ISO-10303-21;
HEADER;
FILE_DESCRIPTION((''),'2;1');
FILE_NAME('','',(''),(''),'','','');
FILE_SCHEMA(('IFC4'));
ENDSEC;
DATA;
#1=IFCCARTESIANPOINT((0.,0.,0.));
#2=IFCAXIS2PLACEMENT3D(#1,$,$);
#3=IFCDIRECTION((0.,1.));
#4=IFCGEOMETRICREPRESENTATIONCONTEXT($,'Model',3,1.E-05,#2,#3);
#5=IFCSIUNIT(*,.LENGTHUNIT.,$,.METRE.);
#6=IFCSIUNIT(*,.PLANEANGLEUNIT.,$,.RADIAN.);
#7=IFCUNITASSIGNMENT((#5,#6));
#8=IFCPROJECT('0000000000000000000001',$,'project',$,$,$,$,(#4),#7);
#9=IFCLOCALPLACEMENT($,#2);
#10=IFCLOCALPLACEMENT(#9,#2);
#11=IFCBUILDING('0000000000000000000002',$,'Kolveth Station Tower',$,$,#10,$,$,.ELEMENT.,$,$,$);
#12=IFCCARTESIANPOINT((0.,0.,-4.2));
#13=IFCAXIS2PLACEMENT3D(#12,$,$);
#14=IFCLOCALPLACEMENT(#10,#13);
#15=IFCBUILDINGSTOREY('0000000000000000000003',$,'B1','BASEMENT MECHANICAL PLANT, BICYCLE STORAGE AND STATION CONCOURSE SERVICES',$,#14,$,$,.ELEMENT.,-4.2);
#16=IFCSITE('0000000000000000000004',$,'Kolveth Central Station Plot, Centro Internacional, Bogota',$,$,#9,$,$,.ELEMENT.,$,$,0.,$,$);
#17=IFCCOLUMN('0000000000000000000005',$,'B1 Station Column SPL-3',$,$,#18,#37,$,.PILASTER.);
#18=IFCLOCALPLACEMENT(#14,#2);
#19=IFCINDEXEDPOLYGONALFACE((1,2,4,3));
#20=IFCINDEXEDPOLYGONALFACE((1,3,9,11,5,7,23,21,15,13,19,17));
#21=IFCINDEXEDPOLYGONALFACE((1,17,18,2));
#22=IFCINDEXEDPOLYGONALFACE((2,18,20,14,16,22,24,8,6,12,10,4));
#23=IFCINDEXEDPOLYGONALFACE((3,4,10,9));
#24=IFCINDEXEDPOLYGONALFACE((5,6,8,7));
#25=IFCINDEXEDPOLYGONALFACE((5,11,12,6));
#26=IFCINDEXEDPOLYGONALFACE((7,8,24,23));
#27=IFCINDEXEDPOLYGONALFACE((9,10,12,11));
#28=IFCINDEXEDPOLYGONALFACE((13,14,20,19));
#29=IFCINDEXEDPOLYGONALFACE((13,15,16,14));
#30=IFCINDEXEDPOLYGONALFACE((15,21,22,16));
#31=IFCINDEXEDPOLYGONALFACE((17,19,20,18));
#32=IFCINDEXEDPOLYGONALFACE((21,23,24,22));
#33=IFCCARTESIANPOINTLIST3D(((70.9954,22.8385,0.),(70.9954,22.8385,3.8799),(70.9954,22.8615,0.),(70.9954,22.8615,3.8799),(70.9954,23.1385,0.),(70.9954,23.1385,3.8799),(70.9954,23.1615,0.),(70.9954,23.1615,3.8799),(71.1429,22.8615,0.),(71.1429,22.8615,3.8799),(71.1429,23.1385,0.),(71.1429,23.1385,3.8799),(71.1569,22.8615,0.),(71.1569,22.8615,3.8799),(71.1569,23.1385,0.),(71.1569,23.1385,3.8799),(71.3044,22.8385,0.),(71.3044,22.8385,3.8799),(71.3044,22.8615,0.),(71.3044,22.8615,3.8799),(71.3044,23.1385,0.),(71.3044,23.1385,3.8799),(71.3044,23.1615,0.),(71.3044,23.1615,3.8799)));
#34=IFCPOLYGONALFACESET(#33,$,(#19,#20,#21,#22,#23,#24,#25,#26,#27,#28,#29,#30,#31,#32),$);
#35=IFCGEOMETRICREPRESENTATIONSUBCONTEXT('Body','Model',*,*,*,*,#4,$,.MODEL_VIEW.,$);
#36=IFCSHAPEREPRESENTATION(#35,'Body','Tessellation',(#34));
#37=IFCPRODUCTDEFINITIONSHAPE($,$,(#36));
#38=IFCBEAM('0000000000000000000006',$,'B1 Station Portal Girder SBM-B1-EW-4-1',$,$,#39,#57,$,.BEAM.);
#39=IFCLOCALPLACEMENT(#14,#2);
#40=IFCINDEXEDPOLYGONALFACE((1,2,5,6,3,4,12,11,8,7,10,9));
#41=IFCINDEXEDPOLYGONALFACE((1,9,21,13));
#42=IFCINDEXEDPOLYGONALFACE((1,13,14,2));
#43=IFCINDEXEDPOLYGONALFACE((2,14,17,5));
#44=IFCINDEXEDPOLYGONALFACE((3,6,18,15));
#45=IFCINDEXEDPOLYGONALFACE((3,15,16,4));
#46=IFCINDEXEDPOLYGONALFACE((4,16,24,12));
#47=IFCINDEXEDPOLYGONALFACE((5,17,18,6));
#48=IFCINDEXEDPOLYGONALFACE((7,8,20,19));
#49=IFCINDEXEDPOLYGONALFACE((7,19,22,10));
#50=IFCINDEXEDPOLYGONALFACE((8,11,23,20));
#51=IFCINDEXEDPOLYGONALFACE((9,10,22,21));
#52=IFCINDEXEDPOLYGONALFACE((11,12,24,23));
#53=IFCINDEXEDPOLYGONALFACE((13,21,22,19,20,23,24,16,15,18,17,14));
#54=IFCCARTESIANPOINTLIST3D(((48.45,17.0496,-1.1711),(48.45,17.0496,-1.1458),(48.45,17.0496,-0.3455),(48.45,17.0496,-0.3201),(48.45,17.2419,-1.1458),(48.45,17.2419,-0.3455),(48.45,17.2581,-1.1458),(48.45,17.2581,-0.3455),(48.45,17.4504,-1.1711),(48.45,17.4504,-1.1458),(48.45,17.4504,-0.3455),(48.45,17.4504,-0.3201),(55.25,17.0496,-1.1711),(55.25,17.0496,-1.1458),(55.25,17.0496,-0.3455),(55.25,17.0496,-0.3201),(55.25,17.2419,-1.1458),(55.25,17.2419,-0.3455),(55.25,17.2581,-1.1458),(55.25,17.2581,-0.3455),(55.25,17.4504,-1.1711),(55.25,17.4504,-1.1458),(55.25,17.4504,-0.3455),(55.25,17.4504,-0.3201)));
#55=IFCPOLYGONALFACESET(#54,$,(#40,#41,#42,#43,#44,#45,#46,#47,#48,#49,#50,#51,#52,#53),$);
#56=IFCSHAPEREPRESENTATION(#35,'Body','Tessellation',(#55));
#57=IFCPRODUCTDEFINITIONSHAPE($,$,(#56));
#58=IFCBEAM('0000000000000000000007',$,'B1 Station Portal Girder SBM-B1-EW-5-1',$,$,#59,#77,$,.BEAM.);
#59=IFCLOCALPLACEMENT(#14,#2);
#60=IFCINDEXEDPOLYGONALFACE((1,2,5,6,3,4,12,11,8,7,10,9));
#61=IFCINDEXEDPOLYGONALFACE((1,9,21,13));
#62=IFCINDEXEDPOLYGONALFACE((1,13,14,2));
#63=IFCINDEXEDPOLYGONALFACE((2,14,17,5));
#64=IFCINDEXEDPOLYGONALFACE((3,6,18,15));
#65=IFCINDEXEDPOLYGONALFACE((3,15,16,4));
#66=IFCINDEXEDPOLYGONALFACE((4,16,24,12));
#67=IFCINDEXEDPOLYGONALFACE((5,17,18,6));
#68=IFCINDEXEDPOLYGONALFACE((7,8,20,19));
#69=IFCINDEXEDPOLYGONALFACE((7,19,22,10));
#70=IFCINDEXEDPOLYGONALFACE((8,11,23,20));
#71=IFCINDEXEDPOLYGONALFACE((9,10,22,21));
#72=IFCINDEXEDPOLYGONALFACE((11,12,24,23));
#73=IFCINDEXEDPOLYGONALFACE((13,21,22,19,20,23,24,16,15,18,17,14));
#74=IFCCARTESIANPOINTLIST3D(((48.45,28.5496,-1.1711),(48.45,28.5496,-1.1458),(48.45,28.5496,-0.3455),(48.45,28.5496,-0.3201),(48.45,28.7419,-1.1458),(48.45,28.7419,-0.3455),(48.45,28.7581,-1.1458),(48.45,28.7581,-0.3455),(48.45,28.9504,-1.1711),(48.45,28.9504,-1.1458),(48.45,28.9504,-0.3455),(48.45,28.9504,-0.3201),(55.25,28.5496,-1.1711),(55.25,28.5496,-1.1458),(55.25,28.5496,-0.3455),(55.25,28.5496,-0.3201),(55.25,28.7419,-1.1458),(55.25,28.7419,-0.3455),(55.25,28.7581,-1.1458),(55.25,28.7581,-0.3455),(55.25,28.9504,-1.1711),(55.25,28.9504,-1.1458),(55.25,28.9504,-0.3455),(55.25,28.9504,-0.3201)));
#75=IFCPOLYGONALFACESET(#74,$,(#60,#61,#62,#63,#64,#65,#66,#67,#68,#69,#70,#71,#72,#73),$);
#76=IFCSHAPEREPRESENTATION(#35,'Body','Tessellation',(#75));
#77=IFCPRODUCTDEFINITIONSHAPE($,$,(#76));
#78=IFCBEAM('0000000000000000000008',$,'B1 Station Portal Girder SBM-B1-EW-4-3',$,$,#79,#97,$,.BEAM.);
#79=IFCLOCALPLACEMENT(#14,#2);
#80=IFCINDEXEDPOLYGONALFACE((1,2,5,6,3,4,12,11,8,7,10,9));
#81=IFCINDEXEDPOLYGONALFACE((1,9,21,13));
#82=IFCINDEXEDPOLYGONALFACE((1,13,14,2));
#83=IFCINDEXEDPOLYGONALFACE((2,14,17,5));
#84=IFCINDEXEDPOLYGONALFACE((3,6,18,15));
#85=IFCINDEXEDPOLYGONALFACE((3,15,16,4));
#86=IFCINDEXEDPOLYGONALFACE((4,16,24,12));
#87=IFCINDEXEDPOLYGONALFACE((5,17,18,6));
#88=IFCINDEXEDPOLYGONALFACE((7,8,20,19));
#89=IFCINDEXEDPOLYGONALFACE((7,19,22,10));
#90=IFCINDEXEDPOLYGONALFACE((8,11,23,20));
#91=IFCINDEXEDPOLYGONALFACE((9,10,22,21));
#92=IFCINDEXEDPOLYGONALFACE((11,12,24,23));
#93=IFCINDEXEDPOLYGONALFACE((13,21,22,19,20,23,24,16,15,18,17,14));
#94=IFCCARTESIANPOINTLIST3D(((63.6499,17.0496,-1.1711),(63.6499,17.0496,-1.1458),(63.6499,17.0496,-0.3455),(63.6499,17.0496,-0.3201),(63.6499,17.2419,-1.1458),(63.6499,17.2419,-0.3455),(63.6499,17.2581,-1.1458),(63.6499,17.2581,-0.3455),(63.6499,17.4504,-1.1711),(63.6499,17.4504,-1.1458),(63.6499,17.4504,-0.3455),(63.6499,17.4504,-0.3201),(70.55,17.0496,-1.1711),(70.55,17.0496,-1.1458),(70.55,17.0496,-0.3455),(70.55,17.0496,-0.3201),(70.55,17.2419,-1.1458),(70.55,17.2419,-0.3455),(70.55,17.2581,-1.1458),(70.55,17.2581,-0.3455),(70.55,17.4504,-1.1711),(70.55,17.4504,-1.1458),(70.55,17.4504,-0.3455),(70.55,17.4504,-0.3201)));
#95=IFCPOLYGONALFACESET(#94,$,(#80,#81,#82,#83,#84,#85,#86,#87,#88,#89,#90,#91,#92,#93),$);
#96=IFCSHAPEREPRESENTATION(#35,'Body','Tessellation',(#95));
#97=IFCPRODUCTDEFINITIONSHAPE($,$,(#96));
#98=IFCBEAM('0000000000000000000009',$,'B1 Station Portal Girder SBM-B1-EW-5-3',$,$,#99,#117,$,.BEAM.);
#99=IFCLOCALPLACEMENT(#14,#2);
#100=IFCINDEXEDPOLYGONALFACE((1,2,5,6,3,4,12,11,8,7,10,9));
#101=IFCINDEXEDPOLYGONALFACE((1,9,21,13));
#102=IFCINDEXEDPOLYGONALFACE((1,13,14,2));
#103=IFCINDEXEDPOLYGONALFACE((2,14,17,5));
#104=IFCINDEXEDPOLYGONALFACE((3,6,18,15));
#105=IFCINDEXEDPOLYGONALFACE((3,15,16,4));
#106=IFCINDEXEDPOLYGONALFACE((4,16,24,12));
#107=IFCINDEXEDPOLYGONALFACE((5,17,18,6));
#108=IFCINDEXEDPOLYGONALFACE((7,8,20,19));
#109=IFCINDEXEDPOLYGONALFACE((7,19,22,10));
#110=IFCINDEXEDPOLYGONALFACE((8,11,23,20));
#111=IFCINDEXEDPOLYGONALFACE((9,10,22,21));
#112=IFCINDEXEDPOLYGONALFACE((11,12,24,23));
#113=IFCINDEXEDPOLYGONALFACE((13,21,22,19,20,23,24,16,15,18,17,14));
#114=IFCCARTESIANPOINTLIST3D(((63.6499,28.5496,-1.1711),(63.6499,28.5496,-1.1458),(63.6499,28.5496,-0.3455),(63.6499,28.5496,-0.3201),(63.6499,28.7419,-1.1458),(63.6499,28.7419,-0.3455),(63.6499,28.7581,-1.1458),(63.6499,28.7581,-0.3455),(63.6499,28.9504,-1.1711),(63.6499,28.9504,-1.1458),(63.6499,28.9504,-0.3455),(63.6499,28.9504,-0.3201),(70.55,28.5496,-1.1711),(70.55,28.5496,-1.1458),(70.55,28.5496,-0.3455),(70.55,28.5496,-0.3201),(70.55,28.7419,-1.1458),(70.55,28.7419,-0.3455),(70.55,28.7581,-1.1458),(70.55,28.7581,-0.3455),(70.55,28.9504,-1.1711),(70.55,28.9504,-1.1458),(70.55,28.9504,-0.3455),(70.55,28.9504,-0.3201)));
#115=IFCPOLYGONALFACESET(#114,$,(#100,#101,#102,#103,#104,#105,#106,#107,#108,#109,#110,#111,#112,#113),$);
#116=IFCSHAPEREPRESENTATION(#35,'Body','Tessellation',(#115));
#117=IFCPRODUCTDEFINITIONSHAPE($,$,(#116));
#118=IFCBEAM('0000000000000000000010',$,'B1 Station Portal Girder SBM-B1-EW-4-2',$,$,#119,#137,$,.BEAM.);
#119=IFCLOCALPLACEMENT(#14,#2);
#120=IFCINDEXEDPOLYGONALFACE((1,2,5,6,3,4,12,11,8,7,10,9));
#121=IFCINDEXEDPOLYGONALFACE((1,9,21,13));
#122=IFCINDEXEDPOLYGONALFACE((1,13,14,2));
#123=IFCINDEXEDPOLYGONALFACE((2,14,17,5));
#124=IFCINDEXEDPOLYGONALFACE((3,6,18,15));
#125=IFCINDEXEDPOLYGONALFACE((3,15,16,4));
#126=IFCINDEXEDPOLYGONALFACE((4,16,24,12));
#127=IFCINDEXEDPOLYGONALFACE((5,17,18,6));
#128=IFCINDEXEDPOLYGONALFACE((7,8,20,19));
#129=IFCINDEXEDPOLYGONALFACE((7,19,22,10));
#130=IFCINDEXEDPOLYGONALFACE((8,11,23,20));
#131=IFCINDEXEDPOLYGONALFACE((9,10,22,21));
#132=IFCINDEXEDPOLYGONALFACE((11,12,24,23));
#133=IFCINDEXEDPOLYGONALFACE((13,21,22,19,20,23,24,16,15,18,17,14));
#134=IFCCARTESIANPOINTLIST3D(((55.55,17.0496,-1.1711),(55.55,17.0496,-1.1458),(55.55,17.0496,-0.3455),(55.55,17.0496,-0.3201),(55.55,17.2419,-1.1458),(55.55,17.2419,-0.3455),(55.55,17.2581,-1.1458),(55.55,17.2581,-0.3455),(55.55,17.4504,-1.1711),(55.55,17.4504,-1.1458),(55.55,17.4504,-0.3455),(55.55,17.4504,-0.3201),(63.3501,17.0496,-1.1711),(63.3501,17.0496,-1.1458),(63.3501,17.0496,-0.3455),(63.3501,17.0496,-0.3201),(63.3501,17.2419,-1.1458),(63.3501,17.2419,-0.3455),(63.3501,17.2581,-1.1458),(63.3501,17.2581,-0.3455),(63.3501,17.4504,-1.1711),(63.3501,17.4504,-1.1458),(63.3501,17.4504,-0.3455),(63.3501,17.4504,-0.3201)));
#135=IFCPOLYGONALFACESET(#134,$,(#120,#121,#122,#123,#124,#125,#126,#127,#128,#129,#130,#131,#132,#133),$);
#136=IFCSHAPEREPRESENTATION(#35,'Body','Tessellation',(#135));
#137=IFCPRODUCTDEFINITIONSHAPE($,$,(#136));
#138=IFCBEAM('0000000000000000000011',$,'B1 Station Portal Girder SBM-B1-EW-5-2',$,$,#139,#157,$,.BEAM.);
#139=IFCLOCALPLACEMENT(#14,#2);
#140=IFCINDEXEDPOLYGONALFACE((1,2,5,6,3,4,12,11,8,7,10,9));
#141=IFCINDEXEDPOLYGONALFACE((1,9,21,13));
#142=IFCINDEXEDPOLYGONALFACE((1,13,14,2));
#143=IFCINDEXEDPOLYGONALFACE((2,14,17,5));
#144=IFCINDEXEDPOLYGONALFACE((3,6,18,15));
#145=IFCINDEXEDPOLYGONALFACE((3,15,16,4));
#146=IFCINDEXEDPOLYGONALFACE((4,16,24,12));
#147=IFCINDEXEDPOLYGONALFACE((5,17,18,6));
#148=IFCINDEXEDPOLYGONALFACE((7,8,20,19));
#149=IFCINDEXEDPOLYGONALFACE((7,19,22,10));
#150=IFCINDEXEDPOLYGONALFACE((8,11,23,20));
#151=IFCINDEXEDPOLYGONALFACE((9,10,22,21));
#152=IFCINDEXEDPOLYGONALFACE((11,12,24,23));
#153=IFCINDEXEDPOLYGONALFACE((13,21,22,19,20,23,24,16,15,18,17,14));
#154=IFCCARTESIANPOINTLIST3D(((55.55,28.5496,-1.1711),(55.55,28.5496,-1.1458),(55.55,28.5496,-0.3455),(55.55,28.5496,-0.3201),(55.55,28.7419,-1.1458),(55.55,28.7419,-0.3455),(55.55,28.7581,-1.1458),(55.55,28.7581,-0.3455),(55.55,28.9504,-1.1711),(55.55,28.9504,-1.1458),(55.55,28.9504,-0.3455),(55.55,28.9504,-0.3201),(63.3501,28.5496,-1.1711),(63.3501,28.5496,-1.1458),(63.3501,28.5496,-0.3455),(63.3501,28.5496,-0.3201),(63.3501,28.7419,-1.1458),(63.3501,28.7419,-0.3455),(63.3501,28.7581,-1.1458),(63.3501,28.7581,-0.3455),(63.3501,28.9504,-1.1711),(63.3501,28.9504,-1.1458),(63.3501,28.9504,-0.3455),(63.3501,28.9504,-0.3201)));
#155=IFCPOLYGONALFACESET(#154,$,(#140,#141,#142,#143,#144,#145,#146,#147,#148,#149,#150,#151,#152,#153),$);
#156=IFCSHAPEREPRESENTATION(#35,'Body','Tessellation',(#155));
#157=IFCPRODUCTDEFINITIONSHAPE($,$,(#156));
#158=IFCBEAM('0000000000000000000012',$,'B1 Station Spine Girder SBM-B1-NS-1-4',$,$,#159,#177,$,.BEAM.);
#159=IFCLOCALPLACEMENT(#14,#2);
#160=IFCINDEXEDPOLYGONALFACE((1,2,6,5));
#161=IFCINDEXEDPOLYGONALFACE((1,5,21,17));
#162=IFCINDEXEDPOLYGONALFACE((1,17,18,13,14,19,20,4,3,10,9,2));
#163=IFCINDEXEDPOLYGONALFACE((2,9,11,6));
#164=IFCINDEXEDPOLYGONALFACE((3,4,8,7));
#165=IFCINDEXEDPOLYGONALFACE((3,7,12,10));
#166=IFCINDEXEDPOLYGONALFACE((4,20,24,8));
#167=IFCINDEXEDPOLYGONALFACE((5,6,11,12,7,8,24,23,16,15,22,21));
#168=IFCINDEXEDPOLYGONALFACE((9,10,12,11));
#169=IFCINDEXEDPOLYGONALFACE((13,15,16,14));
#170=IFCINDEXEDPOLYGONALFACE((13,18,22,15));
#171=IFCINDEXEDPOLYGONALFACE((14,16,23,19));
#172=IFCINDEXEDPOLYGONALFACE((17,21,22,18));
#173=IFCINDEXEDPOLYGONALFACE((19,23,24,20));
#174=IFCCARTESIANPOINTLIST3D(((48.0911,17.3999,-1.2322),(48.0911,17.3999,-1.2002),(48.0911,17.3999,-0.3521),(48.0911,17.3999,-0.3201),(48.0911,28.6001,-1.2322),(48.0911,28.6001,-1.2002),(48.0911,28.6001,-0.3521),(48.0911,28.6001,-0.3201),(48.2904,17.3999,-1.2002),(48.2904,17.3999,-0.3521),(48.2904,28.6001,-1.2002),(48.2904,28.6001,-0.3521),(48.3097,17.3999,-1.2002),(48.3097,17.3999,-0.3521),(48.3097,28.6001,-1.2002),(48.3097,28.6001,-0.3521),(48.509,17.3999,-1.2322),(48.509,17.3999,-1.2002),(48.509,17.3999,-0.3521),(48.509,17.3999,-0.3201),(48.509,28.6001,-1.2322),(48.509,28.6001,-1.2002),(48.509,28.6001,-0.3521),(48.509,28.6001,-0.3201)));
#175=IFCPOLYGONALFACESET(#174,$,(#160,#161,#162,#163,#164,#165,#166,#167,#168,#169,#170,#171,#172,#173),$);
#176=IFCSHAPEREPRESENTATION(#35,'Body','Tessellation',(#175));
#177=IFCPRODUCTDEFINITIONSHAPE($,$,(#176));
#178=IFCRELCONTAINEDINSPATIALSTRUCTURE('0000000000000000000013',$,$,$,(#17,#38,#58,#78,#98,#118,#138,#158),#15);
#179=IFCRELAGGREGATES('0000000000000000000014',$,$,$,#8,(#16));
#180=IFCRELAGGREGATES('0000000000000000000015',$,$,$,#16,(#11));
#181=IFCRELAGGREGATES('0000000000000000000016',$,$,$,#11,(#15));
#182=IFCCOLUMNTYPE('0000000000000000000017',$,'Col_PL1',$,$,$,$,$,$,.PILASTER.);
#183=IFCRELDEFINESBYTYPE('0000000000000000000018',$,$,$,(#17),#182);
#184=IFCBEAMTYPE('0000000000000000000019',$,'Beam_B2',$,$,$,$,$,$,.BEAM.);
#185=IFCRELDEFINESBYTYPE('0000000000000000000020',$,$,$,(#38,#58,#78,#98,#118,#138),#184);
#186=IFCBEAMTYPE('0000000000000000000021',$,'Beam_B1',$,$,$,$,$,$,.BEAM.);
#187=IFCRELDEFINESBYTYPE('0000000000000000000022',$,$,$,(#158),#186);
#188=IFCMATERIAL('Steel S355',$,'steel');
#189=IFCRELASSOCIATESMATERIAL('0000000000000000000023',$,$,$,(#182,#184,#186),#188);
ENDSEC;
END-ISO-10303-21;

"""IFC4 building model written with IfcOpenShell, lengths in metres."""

from ifc_helpers import new_model, si_unit, direction, frame, origin, origin_2d, place, context, subcontext, project, spatial, i_section, extrude, source, transform, mapped, material, material_profile, profile_set, type_object, element, save


model = new_model("IFC4")

# Units and contexts
model_context = context("Model", 3, precision=1e-05, world=origin(), true_north=direction((0.0, 1.0)))
body_context = subcontext(model_context, "Body", "Model", "MODEL_VIEW")
ifc_project = project(units=[si_unit("LENGTHUNIT", "METRE"), si_unit("PLANEANGLEUNIT", "RADIAN")], contexts=[model_context])

# Site, building, storey
site_placement = place(None, origin())
site = spatial("IfcSite", under=ifc_project, at=site_placement, Name="Kolveth Central Station Plot, Centro Internacional, Bogota", CompositionType="ELEMENT", RefElevation=0.0)
building_placement = place(site_placement, origin())
building = spatial("IfcBuilding", under=site, at=building_placement, Name="Kolveth Station Tower", CompositionType="ELEMENT")
storey_placement = place(building_placement, frame((0.0, 0.0, -4.2)))
storey = spatial("IfcBuildingStorey", under=building, at=storey_placement, Name="B1", Description="BASEMENT MECHANICAL PLANT, BICYCLE STORAGE AND STATION CONCOURSE SERVICES", CompositionType="ELEMENT", Elevation=-4.2)

# Column
ifc_material_1 = material(Name="Steel S355", Category="steel")
ifc_material_profile_1 = material_profile(ifc_material_1, i_section(OverallWidth=0.3091, OverallDepth=0.323, WebThickness=0.0139, FlangeThickness=0.0229, at=origin_2d()), Name="W310x143")
ifc_profile_set_1 = profile_set([ifc_material_profile_1], Name="Steel S355")
column_type_1 = type_object("IfcColumnType", Name="Col_PL1", PredefinedType="PILASTER", material=ifc_profile_set_1)
shared_shape_1 = source(origin(), body_context, "Body", "SweptSolid", [
    extrude(i_section(OverallWidth=0.3091, OverallDepth=0.323, WebThickness=0.0139, FlangeThickness=0.0229, at=origin_2d()), origin(), (0.0, 0.0, 1.0), 3.8799),
])
for number, where, z_axis, x_axis, name in (
    (1, (71.1499, 23.0, 0.0), (0.0, 0.0, 1.0), (1.0, 0.0, 0.0), "B1 Station Column SPL-3"),
):
    element("IfcColumn", number, at=place(storey_placement, frame(where, z_axis=z_axis, x_axis=x_axis)), inside=storey, type_object=column_type_1, Name=name, PredefinedType="PILASTER", context=body_context, shape_type="MappedRepresentation", body=[
        mapped(shared_shape_1, transform((0.0, 0.0, 0.0), x_axis=(1.0, 0.0, 0.0), y_axis=(0.0, 1.0, 0.0), z_axis=(0.0, 0.0, 1.0), scale=1.0)),
    ])

# Beams
ifc_material_profile_2 = material_profile(ifc_material_1, i_section(OverallWidth=0.4009, OverallDepth=0.8511, WebThickness=0.0161, FlangeThickness=0.0254, at=origin_2d()), Name="W840x226")
ifc_profile_set_2 = profile_set([ifc_material_profile_2], Name="Steel S355")
beam_type_1 = type_object("IfcBeamType", Name="Beam_B2", PredefinedType="BEAM", material=ifc_profile_set_2)
shared_shape_2 = source(origin(), body_context, "Body", "SweptSolid", [
    extrude(i_section(OverallWidth=0.4009, OverallDepth=0.8511, WebThickness=0.0161, FlangeThickness=0.0254, at=origin_2d()), origin(), (0.0, 0.0, 1.0), 6.8),
])
for number, where, z_axis, x_axis, name in (
    (2, (48.45, 17.25, -0.7456), (1.0, 0.0, 0.0), (0.0, 1.0, 0.0), "B1 Station Portal Girder SBM-B1-EW-4-1"),
    (3, (48.45, 28.75, -0.7456), (1.0, 0.0, 0.0), (0.0, 1.0, 0.0), "B1 Station Portal Girder SBM-B1-EW-5-1"),
):
    element("IfcBeam", number, at=place(storey_placement, frame(where, z_axis=z_axis, x_axis=x_axis)), inside=storey, type_object=beam_type_1, Name=name, PredefinedType="BEAM", context=body_context, shape_type="MappedRepresentation", body=[
        mapped(shared_shape_2, transform((0.0, 0.0, 0.0), x_axis=(1.0, 0.0, 0.0), y_axis=(0.0, 1.0, 0.0), z_axis=(0.0, 0.0, 1.0), scale=1.0)),
    ])
shared_shape_3 = source(origin(), body_context, "Body", "SweptSolid", [
    extrude(i_section(OverallWidth=0.4009, OverallDepth=0.8511, WebThickness=0.0161, FlangeThickness=0.0254, at=origin_2d()), origin(), (0.0, 0.0, 1.0), 6.9001),
])
for number, where, z_axis, x_axis, name in (
    (4, (63.6499, 17.25, -0.7456), (1.0, 0.0, 0.0), (0.0, 1.0, 0.0), "B1 Station Portal Girder SBM-B1-EW-4-3"),
    (5, (63.6499, 28.75, -0.7456), (1.0, 0.0, 0.0), (0.0, 1.0, 0.0), "B1 Station Portal Girder SBM-B1-EW-5-3"),
):
    element("IfcBeam", number, at=place(storey_placement, frame(where, z_axis=z_axis, x_axis=x_axis)), inside=storey, type_object=beam_type_1, Name=name, PredefinedType="BEAM", context=body_context, shape_type="MappedRepresentation", body=[
        mapped(shared_shape_3, transform((0.0, 0.0, 0.0), x_axis=(1.0, 0.0, 0.0), y_axis=(0.0, 1.0, 0.0), z_axis=(0.0, 0.0, 1.0), scale=1.0)),
    ])
shared_shape_4 = source(origin(), body_context, "Body", "SweptSolid", [
    extrude(i_section(OverallWidth=0.4009, OverallDepth=0.8511, WebThickness=0.0161, FlangeThickness=0.0254, at=origin_2d()), origin(), (0.0, 0.0, 1.0), 7.8),
])
for number, where, z_axis, x_axis, name in (
    (6, (55.55, 17.25, -0.7456), (1.0, 0.0, 0.0), (0.0, 1.0, 0.0), "B1 Station Portal Girder SBM-B1-EW-4-2"),
    (7, (55.55, 28.75, -0.7456), (1.0, 0.0, 0.0), (0.0, 1.0, 0.0), "B1 Station Portal Girder SBM-B1-EW-5-2"),
):
    element("IfcBeam", number, at=place(storey_placement, frame(where, z_axis=z_axis, x_axis=x_axis)), inside=storey, type_object=beam_type_1, Name=name, PredefinedType="BEAM", context=body_context, shape_type="MappedRepresentation", body=[
        mapped(shared_shape_4, transform((0.0, 0.0, 0.0), x_axis=(1.0, 0.0, 0.0), y_axis=(0.0, 1.0, 0.0), z_axis=(0.0, 0.0, 1.0), scale=1.0)),
    ])
ifc_material_profile_3 = material_profile(ifc_material_1, i_section(OverallWidth=0.418, OverallDepth=0.9121, WebThickness=0.0193, FlangeThickness=0.032, at=origin_2d()), Name="W920x342")
ifc_profile_set_3 = profile_set([ifc_material_profile_3], Name="Steel S355")
beam_type_2 = type_object("IfcBeamType", Name="Beam_B1", PredefinedType="BEAM", material=ifc_profile_set_3)
shared_shape_5 = source(origin(), body_context, "Body", "SweptSolid", [
    extrude(i_section(OverallWidth=0.418, OverallDepth=0.9121, WebThickness=0.0193, FlangeThickness=0.032, at=origin_2d()), origin(), (0.0, 0.0, 1.0), 11.2002),
])
for number, where, z_axis, x_axis, name in (
    (8, (48.3, 17.3999, -0.7761), (0.0, 1.0, 0.0), (-1.0, 0.0, 0.0), "B1 Station Spine Girder SBM-B1-NS-1-4"),
):
    element("IfcBeam", number, at=place(storey_placement, frame(where, z_axis=z_axis, x_axis=x_axis)), inside=storey, type_object=beam_type_2, Name=name, PredefinedType="BEAM", context=body_context, shape_type="MappedRepresentation", body=[
        mapped(shared_shape_5, transform((0.0, 0.0, 0.0), x_axis=(1.0, 0.0, 0.0), y_axis=(0.0, 1.0, 0.0), z_axis=(0.0, 0.0, 1.0), scale=1.0)),
    ])

save(model, "model.ifc")
